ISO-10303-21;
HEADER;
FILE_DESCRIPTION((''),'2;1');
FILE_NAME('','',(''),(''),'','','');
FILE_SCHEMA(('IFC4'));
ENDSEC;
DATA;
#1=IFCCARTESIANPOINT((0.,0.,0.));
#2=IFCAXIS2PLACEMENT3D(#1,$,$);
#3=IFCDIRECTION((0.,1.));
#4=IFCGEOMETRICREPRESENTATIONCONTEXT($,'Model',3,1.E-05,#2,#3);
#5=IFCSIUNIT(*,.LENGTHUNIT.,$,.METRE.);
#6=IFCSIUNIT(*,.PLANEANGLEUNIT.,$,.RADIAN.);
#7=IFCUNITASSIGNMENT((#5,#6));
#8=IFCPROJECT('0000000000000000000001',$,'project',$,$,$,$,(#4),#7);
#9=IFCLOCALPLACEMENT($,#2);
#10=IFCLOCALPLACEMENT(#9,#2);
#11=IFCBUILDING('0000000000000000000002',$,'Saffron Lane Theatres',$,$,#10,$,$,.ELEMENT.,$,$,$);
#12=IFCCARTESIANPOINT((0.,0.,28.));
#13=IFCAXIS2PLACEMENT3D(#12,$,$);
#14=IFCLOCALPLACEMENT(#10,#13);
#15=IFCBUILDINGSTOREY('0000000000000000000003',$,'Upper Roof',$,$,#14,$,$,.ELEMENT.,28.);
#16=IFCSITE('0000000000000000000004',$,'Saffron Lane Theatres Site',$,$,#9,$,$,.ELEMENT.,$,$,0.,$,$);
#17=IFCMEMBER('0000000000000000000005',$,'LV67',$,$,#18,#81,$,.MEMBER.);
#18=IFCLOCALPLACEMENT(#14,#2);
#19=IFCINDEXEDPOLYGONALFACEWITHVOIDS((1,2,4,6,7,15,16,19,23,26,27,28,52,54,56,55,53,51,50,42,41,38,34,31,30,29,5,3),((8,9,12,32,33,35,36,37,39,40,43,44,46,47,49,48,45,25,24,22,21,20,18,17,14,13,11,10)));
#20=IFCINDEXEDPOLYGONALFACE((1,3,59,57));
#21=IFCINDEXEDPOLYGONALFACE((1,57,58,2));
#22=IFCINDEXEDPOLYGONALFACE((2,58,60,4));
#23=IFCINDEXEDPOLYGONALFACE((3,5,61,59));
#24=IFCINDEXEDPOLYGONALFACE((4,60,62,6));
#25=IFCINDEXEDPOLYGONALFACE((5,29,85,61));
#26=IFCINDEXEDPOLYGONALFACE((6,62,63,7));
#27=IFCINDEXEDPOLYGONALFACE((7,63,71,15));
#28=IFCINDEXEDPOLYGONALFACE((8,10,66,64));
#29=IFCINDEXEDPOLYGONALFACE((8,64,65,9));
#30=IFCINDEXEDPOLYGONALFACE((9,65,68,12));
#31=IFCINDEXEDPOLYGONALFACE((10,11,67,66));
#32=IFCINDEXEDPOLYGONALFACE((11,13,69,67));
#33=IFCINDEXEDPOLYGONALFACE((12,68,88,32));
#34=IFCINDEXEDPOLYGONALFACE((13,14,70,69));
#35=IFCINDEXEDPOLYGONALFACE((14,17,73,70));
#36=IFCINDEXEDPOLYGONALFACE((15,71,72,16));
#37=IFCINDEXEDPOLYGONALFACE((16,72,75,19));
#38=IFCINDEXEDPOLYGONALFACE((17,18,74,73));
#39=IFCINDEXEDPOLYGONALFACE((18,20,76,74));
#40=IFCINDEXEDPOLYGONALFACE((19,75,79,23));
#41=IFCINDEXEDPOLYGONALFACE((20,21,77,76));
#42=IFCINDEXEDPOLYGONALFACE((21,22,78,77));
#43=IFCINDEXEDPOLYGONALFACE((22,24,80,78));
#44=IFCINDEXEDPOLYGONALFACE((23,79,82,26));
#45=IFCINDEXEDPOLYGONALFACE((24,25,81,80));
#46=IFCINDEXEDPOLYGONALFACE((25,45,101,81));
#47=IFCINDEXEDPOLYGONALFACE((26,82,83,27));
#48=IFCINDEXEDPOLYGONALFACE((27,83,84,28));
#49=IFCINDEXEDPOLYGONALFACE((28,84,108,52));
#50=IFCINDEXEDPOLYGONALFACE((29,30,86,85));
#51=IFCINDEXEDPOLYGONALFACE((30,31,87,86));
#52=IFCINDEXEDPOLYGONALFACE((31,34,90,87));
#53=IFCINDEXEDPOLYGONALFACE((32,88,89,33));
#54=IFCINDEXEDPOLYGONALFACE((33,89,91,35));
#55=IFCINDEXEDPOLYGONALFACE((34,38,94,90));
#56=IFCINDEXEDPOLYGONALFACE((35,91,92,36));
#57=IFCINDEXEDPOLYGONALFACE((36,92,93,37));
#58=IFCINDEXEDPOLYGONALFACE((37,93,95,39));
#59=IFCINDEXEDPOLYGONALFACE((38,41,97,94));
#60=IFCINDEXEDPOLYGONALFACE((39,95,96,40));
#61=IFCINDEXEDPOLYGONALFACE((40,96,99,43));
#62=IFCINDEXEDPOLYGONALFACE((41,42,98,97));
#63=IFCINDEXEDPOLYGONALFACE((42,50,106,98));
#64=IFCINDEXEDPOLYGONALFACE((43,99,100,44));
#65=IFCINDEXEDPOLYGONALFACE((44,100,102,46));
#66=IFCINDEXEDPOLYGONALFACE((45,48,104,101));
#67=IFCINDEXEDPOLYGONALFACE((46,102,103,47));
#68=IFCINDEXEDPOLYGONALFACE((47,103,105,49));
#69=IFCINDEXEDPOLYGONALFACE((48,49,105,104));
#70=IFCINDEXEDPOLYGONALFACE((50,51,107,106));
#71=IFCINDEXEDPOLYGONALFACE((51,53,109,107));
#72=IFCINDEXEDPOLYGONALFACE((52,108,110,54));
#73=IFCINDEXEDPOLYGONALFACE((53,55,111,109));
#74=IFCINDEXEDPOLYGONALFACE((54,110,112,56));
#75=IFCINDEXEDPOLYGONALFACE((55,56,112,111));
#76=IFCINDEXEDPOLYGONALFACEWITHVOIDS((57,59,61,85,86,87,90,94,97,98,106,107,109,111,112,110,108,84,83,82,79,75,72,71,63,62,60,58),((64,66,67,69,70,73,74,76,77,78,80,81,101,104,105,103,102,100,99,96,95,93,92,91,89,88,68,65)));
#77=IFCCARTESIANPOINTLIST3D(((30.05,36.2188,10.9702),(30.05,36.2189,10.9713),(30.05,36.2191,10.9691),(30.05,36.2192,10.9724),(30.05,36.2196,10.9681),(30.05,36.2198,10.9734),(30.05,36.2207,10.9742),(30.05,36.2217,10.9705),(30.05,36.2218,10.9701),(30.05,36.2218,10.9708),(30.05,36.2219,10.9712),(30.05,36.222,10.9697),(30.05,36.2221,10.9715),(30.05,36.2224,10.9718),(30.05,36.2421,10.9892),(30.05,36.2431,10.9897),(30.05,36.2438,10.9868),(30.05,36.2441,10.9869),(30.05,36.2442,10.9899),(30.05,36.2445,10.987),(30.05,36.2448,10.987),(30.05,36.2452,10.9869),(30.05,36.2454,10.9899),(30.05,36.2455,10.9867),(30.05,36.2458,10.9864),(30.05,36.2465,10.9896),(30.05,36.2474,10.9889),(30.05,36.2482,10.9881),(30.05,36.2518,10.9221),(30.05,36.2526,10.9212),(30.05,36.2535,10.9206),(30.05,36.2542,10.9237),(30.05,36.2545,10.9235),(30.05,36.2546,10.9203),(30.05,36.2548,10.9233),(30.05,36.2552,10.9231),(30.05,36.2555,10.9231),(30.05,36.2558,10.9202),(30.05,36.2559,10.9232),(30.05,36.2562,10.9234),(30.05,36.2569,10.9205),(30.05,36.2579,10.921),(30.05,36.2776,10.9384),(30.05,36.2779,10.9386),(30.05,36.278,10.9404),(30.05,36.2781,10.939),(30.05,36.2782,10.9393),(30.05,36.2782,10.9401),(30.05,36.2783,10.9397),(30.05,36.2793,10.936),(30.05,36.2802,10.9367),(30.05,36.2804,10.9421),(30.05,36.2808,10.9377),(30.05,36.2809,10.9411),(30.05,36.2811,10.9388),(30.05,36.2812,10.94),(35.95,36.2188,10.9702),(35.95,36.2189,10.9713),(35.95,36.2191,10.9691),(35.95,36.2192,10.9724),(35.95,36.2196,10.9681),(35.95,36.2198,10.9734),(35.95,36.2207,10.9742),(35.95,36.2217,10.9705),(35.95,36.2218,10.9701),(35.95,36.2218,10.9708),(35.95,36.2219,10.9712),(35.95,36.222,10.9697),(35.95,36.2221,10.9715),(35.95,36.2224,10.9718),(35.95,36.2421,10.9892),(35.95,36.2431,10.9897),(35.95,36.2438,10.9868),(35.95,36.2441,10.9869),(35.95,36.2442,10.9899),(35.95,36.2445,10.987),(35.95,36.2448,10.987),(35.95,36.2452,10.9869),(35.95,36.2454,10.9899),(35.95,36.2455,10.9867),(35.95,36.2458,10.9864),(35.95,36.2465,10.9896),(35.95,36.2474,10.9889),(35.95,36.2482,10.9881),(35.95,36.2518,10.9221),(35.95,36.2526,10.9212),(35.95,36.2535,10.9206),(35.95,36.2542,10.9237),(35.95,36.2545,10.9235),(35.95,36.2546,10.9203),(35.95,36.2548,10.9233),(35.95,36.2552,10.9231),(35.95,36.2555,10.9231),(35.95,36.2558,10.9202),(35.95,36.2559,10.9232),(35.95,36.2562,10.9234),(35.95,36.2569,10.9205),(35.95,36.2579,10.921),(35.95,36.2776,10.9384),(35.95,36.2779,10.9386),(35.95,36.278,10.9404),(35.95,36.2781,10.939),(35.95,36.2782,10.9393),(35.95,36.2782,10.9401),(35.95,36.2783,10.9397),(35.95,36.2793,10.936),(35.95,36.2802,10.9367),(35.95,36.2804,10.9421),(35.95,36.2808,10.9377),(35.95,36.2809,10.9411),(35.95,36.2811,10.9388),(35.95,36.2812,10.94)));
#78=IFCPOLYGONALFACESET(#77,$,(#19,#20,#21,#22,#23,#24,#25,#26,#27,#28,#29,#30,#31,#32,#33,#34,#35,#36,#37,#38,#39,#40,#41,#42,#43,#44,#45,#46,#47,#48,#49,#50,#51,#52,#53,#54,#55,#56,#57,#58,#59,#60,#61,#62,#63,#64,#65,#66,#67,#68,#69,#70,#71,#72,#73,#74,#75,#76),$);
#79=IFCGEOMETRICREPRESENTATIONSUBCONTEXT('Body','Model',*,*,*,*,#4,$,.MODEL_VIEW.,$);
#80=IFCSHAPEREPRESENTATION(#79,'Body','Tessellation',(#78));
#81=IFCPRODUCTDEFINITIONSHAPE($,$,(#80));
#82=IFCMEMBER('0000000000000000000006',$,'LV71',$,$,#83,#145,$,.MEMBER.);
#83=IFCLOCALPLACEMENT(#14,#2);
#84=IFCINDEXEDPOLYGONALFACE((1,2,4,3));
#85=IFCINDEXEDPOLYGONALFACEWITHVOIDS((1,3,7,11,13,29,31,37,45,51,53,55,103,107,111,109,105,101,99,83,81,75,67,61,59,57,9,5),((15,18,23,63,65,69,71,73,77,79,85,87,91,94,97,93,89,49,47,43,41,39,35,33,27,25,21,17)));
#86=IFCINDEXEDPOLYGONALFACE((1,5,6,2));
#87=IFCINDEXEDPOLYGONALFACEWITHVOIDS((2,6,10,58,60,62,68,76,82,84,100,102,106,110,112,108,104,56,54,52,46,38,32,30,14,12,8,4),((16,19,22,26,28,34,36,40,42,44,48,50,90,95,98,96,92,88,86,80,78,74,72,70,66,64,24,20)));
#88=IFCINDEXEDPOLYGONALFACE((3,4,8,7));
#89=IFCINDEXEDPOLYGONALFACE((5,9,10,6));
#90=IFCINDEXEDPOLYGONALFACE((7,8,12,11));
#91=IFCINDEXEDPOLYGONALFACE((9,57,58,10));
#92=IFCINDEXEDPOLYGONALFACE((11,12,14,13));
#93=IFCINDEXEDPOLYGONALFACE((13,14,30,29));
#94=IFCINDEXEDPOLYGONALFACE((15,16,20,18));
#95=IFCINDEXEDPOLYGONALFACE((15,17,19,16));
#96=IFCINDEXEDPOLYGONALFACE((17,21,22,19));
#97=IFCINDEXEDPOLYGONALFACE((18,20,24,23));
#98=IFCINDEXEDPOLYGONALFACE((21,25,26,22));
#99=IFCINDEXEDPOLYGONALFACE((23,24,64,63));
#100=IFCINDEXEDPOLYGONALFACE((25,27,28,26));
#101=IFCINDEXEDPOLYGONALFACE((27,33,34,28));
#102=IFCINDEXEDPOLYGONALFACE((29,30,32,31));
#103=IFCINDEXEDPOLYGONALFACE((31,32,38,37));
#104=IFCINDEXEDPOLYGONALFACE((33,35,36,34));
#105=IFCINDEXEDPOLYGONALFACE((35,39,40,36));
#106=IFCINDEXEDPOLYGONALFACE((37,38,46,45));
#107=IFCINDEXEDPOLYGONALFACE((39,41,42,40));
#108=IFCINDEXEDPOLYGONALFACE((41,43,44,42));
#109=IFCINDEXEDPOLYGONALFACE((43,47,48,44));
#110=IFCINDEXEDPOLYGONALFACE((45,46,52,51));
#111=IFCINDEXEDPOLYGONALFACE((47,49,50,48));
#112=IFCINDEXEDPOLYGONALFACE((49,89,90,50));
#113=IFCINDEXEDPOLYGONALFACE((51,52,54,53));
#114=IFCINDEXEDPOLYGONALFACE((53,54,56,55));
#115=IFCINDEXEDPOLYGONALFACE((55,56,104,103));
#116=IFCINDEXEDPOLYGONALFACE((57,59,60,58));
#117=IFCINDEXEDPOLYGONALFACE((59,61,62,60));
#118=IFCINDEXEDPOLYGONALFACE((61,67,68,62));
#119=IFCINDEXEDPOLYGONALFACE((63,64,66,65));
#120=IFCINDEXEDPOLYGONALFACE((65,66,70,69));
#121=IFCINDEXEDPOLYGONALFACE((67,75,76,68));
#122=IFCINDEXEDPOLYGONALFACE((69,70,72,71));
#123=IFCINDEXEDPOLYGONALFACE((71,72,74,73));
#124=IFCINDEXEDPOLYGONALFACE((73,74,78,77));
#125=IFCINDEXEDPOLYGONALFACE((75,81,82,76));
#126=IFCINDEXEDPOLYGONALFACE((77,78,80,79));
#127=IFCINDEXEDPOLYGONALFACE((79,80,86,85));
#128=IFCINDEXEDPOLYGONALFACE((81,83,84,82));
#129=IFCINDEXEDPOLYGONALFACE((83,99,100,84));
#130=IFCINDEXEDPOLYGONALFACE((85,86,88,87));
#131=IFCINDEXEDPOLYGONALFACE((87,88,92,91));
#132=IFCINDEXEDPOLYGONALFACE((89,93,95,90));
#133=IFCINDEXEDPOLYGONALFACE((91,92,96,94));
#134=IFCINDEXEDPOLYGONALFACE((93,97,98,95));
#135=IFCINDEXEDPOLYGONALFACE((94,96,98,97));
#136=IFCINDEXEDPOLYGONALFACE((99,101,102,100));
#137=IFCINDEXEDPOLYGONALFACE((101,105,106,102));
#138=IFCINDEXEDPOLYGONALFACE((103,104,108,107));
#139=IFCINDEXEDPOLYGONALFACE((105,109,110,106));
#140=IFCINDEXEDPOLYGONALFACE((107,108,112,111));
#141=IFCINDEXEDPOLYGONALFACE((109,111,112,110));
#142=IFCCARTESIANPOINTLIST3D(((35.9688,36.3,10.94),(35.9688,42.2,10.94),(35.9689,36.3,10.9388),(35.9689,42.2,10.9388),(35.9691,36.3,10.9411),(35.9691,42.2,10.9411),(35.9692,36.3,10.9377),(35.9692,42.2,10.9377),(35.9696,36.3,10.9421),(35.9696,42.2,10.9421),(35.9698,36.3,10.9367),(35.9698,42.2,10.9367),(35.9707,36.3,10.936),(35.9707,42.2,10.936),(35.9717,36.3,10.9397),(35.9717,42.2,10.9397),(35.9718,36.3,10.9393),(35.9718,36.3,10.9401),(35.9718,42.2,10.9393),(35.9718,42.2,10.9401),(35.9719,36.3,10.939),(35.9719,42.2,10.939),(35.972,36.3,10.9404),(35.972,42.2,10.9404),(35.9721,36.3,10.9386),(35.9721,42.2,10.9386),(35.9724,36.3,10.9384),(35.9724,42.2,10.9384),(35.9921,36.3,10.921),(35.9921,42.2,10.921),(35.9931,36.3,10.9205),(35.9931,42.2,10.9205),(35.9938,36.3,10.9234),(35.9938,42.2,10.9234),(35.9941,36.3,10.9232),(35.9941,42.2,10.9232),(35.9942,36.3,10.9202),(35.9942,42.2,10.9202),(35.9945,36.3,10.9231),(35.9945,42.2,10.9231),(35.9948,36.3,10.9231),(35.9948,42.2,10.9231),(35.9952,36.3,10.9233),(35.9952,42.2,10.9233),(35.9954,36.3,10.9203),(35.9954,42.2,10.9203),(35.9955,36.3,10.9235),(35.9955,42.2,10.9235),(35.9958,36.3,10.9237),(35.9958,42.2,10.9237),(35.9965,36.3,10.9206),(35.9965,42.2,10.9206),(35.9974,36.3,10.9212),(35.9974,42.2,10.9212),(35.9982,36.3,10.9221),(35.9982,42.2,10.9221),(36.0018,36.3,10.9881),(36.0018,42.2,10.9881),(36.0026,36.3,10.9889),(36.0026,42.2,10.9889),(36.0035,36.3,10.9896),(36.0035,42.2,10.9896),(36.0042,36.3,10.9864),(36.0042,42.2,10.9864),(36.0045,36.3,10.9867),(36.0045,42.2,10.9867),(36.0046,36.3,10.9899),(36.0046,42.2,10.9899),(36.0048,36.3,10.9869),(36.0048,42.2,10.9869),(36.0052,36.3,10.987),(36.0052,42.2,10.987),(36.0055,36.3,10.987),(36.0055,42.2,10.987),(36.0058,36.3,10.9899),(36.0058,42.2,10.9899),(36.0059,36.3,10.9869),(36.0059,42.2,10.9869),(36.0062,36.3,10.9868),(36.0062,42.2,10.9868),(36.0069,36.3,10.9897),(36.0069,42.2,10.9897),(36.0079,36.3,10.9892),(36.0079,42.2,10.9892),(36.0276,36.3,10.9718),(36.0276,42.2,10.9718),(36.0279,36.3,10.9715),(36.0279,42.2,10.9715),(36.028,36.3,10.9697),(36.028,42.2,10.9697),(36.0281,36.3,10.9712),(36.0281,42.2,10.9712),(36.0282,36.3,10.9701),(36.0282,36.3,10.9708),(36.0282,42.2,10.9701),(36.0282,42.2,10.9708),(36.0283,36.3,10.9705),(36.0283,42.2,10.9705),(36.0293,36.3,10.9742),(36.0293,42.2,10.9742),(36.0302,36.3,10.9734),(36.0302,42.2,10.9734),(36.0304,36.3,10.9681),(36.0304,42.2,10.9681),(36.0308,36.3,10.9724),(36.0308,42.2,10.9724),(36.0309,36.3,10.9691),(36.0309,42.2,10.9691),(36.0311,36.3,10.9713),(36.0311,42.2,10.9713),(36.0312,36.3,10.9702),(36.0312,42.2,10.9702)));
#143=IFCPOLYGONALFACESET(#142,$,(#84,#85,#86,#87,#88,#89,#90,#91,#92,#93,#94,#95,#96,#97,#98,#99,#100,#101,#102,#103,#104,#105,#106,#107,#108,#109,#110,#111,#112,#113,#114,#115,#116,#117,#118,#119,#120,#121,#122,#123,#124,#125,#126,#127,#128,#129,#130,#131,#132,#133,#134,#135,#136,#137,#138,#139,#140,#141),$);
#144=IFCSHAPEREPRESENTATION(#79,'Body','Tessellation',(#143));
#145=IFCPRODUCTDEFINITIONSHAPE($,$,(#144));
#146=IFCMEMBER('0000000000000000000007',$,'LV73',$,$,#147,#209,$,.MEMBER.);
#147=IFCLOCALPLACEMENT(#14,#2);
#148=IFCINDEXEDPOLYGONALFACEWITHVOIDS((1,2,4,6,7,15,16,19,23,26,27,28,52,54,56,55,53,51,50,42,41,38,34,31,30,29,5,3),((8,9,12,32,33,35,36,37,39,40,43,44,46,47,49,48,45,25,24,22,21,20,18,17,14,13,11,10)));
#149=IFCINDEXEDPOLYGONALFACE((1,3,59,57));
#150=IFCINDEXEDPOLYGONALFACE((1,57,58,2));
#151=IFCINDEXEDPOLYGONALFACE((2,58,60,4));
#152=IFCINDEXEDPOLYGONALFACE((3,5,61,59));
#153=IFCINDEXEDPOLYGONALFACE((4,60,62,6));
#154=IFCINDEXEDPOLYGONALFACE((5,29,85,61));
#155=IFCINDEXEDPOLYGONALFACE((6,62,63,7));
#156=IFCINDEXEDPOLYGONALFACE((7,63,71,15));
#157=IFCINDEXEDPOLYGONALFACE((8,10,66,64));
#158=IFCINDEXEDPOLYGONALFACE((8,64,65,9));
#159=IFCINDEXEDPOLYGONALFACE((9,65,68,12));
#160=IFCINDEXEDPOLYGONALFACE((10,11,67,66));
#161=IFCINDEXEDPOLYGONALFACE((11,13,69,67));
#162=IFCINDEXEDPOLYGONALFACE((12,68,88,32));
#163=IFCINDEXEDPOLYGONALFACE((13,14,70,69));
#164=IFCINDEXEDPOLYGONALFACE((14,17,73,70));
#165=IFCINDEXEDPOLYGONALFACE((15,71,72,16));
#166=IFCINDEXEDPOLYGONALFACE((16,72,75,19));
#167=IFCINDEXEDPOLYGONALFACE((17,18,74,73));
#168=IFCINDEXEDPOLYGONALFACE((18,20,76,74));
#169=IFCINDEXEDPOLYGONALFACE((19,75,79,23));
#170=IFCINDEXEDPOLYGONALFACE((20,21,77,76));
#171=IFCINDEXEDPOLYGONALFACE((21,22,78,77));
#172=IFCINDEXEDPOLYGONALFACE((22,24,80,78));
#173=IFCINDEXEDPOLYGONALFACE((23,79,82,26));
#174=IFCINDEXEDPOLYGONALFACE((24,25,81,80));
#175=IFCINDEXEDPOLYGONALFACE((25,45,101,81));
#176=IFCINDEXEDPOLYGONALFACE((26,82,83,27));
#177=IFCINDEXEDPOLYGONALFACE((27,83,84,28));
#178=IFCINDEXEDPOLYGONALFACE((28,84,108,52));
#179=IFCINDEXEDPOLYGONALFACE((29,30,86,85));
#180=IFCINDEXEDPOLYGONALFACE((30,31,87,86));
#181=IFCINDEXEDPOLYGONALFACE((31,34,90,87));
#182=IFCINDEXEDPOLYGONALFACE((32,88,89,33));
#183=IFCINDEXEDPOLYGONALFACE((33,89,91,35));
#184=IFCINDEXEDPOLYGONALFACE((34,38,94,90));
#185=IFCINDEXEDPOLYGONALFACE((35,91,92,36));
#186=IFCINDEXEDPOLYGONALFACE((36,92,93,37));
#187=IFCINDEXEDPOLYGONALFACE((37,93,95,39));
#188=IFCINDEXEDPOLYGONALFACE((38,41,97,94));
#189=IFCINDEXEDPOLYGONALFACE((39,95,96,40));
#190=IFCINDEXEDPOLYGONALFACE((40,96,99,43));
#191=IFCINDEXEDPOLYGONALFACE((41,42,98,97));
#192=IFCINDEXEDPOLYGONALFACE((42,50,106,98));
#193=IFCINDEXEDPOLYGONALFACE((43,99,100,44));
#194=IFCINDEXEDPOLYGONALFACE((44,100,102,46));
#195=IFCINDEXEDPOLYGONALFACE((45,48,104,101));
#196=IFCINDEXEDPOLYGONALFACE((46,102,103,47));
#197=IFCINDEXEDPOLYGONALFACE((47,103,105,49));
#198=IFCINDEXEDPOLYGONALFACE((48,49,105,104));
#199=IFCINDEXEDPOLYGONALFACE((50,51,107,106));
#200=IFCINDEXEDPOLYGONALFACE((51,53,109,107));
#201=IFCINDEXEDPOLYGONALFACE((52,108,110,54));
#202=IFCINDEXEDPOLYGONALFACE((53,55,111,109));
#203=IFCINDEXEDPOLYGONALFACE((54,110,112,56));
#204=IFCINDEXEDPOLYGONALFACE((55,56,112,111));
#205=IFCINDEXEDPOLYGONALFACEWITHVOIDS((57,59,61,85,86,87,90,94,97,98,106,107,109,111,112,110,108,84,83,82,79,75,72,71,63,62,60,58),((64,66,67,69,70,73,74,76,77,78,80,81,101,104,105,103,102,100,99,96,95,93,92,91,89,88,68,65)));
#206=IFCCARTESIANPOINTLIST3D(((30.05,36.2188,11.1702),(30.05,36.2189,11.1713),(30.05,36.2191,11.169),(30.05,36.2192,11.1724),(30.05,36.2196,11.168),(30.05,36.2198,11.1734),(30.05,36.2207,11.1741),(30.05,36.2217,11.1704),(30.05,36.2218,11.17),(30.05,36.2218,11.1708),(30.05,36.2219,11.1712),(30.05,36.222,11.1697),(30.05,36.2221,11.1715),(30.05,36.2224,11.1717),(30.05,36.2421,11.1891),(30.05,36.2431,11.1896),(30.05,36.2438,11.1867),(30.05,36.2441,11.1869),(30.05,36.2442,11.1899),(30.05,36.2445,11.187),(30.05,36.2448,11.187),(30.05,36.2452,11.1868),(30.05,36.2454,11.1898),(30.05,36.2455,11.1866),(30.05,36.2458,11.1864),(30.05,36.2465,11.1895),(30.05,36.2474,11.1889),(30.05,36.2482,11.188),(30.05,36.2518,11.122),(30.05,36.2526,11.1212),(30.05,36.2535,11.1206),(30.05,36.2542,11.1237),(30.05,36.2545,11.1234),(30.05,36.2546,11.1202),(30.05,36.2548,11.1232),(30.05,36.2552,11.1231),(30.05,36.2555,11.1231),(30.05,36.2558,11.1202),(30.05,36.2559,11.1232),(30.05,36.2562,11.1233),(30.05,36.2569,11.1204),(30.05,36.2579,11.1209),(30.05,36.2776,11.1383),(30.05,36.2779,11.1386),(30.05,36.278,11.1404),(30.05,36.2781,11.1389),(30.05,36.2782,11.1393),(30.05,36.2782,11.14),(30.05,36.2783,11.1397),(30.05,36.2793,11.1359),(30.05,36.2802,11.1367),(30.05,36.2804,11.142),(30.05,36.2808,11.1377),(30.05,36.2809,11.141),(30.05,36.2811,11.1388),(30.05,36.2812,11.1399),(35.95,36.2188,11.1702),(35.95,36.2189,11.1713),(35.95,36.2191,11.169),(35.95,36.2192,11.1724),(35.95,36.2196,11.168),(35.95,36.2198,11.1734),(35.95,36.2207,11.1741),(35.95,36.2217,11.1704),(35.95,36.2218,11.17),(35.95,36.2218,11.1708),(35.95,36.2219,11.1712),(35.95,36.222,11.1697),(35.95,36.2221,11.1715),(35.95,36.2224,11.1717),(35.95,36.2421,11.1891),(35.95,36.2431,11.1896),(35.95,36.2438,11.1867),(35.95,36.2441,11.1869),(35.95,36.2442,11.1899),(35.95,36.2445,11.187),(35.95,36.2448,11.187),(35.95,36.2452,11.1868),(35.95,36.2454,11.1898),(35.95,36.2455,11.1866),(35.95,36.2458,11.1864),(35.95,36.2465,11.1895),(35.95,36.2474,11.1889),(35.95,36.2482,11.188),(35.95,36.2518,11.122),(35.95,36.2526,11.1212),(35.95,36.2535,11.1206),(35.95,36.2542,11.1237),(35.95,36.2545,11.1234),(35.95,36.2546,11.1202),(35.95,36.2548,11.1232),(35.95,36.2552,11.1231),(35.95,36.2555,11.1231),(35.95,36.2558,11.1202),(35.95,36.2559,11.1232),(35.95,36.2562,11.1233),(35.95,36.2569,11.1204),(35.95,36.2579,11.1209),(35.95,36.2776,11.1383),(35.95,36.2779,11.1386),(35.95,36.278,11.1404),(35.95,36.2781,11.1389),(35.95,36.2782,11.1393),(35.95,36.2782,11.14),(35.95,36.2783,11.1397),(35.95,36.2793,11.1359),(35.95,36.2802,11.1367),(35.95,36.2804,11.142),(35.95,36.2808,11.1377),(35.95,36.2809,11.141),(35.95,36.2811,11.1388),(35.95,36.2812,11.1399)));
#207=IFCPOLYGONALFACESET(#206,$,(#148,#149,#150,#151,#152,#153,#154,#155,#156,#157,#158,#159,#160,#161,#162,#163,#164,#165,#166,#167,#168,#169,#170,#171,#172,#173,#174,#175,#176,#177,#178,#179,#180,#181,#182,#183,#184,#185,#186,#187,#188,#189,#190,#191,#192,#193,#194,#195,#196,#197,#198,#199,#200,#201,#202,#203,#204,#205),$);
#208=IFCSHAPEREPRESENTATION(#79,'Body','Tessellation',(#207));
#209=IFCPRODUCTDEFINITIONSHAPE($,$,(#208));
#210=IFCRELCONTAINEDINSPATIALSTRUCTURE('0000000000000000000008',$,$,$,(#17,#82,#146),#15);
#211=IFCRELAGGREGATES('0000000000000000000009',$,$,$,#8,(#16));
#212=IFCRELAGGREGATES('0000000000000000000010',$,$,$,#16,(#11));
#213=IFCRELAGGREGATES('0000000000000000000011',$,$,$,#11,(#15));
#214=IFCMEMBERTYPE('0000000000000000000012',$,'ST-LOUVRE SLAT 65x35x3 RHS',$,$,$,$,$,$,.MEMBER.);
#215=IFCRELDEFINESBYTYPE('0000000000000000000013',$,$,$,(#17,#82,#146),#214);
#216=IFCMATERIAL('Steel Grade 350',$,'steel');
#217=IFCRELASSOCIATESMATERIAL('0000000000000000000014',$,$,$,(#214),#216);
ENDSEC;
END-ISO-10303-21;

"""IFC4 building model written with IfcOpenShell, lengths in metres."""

from ifc_helpers import new_model, si_unit, direction, frame, origin, origin_2d, place, context, subcontext, project, spatial, hollow_rectangle, extrude, material, material_profile, profile_set, type_object, element, save


model = new_model("IFC4")

# Units and contexts
model_context = context("Model", 3, precision=1e-05, world=origin(), true_north=direction((0.0, 1.0)))
body_context = subcontext(model_context, "Body", "Model", "MODEL_VIEW")
ifc_project = project(units=[si_unit("LENGTHUNIT", "METRE"), si_unit("PLANEANGLEUNIT", "RADIAN")], contexts=[model_context])

# Site, building, storey
site_placement = place(None, origin())
site = spatial("IfcSite", under=ifc_project, at=site_placement, Name="Saffron Lane Theatres Site", CompositionType="ELEMENT", RefElevation=0.0)
building_placement = place(site_placement, origin())
building = spatial("IfcBuilding", under=site, at=building_placement, Name="Saffron Lane Theatres", CompositionType="ELEMENT")
storey_placement = place(building_placement, frame((0.0, 0.0, 28.0)))
storey = spatial("IfcBuildingStorey", under=building, at=storey_placement, Name="Upper Roof", CompositionType="ELEMENT", Elevation=28.0)

# Members
ifc_material_1 = material(Name="Steel Grade 350", Category="steel")
ifc_material_profile_1 = material_profile(ifc_material_1, hollow_rectangle(XDim=0.0349, YDim=0.0649, WallThickness=0.0029, InnerFilletRadius=0.0015, OuterFilletRadius=0.0044, at=origin_2d()))
ifc_profile_set_1 = profile_set([ifc_material_profile_1], Name="Steel Grade 350")
member_type_1 = type_object("IfcMemberType", Name="ST-LOUVRE SLAT 65x35x3 RHS", PredefinedType="MEMBER", material=ifc_profile_set_1)
for number, where, z_axis, x_axis, name in (
    (1, (30.05, 36.25, 10.9551), (1.0, 0.0, 0.0), (0.0, 0.819152, 0.573576), "LV67"),
    (2, (36.0, 36.3, 10.9551), (0.0, 1.0, 0.0), (-0.819152, 0.0, 0.573576), "LV71"),
    (3, (30.05, 36.25, 11.155), (1.0, 0.0, 0.0), (0.0, 0.819152, 0.573576), "LV73"),
):
    element("IfcMember", number, at=place(storey_placement, frame(where, z_axis=z_axis, x_axis=x_axis)), inside=storey, type_object=member_type_1, Name=name, PredefinedType="MEMBER", context=body_context, shape_type="SweptSolid", body=[
        extrude(hollow_rectangle(XDim=0.0349, YDim=0.0649, WallThickness=0.0029, InnerFilletRadius=0.0015, OuterFilletRadius=0.0044, at=origin_2d()), origin(), (0.0, 0.0, 1.0), 5.8999),
    ])

save(model, "model.ifc")
